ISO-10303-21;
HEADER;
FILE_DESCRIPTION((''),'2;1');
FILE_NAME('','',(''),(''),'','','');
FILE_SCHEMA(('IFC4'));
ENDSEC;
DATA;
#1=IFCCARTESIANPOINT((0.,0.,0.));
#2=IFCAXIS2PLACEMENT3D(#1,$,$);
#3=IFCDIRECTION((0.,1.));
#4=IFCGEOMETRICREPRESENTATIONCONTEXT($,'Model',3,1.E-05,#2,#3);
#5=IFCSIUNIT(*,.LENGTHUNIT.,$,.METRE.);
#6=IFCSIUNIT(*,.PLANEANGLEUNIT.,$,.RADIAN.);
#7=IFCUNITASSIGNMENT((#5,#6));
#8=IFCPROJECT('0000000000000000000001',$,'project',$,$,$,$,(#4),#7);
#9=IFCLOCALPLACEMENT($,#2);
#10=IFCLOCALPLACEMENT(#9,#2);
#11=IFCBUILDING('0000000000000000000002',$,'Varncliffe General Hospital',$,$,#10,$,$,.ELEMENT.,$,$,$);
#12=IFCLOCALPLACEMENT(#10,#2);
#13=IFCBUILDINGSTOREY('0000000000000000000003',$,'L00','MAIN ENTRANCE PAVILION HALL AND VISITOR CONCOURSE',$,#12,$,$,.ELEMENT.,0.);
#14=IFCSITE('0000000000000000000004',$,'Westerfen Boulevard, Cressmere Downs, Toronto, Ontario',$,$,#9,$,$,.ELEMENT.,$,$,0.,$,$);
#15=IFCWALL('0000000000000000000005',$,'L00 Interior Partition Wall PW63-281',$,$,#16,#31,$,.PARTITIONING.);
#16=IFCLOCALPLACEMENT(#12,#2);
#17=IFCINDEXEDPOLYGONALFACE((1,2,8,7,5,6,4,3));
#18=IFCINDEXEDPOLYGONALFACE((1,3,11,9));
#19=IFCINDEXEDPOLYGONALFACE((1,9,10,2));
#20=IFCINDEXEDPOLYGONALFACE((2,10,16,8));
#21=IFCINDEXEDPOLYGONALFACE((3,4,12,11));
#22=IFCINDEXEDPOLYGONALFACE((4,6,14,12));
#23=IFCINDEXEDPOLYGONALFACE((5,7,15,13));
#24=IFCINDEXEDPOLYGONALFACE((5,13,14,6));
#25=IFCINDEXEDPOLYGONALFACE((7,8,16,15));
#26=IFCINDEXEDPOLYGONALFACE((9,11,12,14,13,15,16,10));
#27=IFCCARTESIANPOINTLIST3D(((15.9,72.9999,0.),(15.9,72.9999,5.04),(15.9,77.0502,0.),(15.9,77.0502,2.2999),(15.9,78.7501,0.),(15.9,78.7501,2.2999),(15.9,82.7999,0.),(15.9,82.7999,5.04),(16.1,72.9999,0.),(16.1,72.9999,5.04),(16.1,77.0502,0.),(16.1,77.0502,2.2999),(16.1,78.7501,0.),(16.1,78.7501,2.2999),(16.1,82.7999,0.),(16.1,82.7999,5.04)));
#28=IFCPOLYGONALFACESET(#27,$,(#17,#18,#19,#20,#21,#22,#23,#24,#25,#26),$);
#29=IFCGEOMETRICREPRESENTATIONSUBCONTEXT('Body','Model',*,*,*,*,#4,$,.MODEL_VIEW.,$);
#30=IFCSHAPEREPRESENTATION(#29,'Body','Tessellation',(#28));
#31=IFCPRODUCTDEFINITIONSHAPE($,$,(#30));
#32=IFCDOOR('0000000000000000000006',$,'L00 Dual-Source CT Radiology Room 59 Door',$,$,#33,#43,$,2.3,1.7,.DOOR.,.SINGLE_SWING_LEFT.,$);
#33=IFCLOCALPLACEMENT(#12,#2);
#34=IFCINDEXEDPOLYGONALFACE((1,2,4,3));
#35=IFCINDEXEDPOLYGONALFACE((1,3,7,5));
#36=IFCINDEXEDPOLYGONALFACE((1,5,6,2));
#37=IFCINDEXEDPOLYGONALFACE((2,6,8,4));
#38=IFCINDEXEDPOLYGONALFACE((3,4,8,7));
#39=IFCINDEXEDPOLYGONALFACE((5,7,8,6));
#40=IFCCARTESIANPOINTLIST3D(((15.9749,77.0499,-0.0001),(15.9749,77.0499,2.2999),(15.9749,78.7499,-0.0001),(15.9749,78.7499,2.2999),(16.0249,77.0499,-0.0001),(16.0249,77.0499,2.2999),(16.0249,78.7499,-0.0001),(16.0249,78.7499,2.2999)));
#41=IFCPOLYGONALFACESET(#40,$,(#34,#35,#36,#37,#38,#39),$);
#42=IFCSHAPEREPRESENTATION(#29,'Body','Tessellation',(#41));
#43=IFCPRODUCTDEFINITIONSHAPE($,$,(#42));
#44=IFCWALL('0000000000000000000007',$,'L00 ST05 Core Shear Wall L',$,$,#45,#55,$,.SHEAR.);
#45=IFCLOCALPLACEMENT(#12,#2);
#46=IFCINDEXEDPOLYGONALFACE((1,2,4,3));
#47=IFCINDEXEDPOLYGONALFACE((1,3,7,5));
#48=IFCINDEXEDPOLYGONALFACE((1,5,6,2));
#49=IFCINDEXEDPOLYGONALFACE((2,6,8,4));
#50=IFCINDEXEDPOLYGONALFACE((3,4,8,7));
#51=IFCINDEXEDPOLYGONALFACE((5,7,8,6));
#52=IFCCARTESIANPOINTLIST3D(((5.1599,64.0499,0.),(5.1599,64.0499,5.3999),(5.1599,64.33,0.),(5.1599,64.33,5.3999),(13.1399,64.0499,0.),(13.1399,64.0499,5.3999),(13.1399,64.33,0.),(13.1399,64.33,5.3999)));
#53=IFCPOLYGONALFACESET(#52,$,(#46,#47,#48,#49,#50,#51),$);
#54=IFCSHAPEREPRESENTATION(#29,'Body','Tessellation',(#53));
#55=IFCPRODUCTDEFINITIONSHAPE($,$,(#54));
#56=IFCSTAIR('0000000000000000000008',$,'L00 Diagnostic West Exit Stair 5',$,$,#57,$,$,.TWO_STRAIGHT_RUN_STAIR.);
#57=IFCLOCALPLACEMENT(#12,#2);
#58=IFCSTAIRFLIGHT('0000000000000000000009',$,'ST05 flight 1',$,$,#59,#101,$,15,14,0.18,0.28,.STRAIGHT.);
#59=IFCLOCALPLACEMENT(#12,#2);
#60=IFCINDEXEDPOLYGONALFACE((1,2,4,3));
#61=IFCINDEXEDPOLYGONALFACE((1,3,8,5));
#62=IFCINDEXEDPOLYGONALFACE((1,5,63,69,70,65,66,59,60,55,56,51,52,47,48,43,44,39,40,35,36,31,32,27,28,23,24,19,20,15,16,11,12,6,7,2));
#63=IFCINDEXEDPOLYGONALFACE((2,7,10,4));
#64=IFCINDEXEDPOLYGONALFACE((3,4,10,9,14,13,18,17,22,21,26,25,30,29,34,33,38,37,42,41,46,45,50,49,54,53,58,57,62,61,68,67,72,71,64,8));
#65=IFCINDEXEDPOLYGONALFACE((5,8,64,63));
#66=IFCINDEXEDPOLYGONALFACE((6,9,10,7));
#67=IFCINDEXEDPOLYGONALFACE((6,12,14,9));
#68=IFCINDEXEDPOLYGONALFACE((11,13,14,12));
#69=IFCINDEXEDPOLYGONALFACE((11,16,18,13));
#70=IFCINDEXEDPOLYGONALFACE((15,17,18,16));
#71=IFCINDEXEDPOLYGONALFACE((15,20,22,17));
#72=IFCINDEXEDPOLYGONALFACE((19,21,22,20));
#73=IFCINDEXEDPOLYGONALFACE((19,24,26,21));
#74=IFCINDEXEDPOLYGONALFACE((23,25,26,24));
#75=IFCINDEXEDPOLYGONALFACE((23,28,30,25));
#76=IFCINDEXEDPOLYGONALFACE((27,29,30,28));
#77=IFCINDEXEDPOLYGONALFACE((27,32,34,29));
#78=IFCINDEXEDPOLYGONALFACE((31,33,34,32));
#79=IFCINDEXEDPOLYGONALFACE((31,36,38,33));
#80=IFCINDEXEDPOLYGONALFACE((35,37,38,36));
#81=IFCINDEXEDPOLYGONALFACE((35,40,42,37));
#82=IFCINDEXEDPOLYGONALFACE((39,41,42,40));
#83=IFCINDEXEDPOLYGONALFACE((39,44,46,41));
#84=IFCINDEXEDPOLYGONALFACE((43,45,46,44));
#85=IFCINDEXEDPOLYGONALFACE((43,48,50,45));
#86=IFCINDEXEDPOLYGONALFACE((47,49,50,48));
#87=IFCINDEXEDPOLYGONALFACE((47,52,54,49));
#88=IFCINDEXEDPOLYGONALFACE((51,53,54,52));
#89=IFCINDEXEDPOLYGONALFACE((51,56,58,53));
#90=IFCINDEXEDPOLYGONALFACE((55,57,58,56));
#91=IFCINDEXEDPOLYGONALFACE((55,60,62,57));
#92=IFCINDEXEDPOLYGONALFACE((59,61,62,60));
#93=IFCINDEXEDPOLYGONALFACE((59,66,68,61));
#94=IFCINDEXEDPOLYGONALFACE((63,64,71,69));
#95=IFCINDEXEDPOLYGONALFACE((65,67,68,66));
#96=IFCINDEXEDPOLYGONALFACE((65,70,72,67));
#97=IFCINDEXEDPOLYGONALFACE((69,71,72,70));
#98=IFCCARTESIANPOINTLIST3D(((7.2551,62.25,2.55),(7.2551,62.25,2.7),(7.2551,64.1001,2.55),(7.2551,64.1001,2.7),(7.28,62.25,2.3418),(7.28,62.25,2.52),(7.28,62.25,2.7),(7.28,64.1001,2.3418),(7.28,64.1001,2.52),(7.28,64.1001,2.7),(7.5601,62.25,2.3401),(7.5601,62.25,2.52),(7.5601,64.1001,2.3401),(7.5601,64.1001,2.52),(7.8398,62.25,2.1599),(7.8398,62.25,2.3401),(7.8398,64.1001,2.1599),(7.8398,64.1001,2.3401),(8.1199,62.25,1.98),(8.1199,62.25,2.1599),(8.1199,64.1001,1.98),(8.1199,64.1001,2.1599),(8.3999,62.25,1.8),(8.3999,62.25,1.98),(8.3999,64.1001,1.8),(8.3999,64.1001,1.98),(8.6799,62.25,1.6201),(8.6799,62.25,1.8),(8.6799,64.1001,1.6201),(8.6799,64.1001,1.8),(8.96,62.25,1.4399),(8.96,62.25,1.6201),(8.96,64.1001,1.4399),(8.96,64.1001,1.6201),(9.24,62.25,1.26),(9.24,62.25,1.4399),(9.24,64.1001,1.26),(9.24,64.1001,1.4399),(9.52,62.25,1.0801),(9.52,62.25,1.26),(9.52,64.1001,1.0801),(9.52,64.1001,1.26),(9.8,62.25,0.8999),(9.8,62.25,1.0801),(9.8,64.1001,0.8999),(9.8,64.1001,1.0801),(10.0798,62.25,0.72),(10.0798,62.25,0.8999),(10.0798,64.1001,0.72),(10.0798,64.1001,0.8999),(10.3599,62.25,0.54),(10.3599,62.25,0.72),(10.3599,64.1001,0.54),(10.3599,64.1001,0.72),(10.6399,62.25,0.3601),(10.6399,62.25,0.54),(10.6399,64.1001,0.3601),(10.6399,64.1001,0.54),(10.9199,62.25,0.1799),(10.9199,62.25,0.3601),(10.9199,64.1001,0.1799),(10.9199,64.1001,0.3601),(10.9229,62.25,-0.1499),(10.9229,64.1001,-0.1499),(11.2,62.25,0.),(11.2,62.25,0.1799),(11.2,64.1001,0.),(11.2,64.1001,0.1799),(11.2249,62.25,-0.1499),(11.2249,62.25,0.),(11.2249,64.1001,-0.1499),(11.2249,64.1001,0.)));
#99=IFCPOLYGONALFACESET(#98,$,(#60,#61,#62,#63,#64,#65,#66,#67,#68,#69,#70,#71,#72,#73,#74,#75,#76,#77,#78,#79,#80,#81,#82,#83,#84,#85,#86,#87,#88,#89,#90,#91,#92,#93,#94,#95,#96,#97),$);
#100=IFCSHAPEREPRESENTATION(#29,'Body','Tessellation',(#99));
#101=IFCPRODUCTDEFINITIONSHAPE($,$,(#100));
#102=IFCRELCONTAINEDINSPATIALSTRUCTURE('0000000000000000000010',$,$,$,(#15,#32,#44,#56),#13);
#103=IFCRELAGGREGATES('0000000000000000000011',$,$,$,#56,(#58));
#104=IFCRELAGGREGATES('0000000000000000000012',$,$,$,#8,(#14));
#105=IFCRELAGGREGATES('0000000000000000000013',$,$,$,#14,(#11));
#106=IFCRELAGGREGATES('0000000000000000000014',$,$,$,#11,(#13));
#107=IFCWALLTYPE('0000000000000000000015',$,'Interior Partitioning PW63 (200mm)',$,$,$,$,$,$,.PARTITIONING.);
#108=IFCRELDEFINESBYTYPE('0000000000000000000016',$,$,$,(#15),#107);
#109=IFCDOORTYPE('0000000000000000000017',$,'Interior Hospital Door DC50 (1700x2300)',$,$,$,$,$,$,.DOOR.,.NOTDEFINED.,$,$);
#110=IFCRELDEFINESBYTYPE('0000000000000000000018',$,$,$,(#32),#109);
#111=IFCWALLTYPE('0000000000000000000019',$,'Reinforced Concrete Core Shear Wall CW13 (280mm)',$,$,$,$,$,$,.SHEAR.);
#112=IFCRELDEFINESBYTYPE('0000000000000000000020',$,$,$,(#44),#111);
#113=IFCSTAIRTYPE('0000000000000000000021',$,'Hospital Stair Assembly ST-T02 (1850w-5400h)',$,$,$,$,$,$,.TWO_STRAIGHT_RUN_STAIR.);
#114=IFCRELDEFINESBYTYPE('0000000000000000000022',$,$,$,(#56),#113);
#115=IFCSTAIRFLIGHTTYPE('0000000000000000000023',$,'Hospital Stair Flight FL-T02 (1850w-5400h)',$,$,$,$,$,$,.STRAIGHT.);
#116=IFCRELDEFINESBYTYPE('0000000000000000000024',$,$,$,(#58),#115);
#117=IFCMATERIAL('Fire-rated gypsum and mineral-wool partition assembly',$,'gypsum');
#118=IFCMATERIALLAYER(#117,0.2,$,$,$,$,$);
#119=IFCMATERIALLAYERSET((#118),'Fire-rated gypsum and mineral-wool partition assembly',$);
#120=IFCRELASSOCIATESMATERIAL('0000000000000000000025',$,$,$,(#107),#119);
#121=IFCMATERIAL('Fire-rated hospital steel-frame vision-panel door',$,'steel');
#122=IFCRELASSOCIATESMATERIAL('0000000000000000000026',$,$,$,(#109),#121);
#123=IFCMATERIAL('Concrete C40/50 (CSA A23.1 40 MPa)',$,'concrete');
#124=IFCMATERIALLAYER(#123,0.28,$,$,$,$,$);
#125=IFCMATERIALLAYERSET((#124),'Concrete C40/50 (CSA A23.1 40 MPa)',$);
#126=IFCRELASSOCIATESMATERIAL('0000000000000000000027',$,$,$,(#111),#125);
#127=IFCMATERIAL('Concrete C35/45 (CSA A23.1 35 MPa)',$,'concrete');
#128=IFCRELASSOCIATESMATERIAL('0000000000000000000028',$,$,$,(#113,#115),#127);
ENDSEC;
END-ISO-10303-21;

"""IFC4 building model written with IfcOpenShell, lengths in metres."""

from ifc_helpers import new_model, si_unit, direction, frame, frame_2d, origin, place, context, subcontext, project, spatial, polyline, rectangle, outline, extrude, material, layer, layer_set, type_object, element, fill, aggregate, save


model = new_model("IFC4")

# Units and contexts
model_context = context("Model", 3, precision=1e-05, world=origin(), true_north=direction((0.0, 1.0)))
body_context = subcontext(model_context, "Body", "Model", "MODEL_VIEW")
ifc_project = project(units=[si_unit("LENGTHUNIT", "METRE"), si_unit("PLANEANGLEUNIT", "RADIAN")], contexts=[model_context])

# Site, building, storey
site_placement = place(None, origin())
site = spatial("IfcSite", under=ifc_project, at=site_placement, Name="Westerfen Boulevard, Cressmere Downs, Toronto, Ontario", CompositionType="ELEMENT", RefElevation=0.0)
building_placement = place(site_placement, origin())
building = spatial("IfcBuilding", under=site, at=building_placement, Name="Varncliffe General Hospital", CompositionType="ELEMENT")
storey_placement = place(building_placement, origin())
storey = spatial("IfcBuildingStorey", under=building, at=storey_placement, Name="L00", Description="MAIN ENTRANCE PAVILION HALL AND VISITOR CONCOURSE", CompositionType="ELEMENT", Elevation=0.0)

# Shared definitions
ifc_material_1 = material(Name="Concrete C40/50 (CSA A23.1 40 MPa)", Category="concrete")

# Shared definitions
ifc_material_2 = material(Name="Concrete C35/45 (CSA A23.1 35 MPa)", Category="concrete")

# Wall, opening, door
ifc_material_3 = material(Name="Fire-rated gypsum and mineral-wool partition assembly", Category="gypsum")
ifc_layer_1 = layer(ifc_material_3, 0.2)
ifc_layer_set_1 = layer_set([ifc_layer_1], Name="Fire-rated gypsum and mineral-wool partition assembly")
wall_type_1 = type_object("IfcWallType", Name="Interior Partitioning PW63 (200mm)", PredefinedType="PARTITIONING", material=ifc_layer_set_1)
ifc_material_4 = material(Name="Fire-rated hospital steel-frame vision-panel door", Category="steel")
door_type_1 = type_object("IfcDoorType", Name="Interior Hospital Door DC50 (1700x2300)", OperationType="NOTDEFINED", PredefinedType="DOOR", material=ifc_material_4)
wall_1_placement = place(storey_placement, frame((16.0, 73.0, 0.0), z_axis=(0.0, 0.0, 1.0), x_axis=(0.0, 1.0, 0.0)))
wall_1 = element("IfcWall", 1, at=wall_1_placement, inside=storey, type_object=wall_type_1, Name="L00 Interior Partition Wall PW63-281", PredefinedType="PARTITIONING", context=body_context, shape_type="SweptSolid", body=[
    extrude(rectangle(XDim=9.8, YDim=0.2, at=frame_2d((4.8999, 0.0))), origin(), (0.0, 0.0, 1.0), 5.04),
])
opening_1_placement = place(wall_1_placement, frame((4.05, 0.0, 0.0)))
opening_1 = element("IfcOpeningElement", 2, at=opening_1_placement, cuts=wall_1, PredefinedType="OPENING", context=body_context, shape_type="SweptSolid", body=[
    extrude(rectangle(XDim=1.7, YDim=2.3, at=frame_2d((0.8501, 1.1499))), frame((0.0, 0.1099, 0.0), z_axis=(0.0, -1.0, 0.0), x_axis=(1.0, 0.0, 0.0)), (0.0, 0.0, 1.0), 0.22),
])
door_1_placement = place(opening_1_placement, frame((1.7, 0.0, 0.0), z_axis=(0.0, 0.0, 1.0), x_axis=(-1.0, 0.0, 0.0)))
door_1 = element("IfcDoor", 3, at=door_1_placement, inside=storey, type_object=door_type_1, Name="L00 Dual-Source CT Radiology Room 59 Door", OperationType="SINGLE_SWING_LEFT", OverallHeight=2.3, OverallWidth=1.7, PredefinedType="DOOR", context=body_context, shape_type="SweptSolid", body=[
    extrude(rectangle(XDim=1.7, YDim=2.3, at=frame_2d((0.8501, 1.1499))), frame((0.0, 0.0249, 0.0), z_axis=(0.0, -1.0, 0.0), x_axis=(1.0, 0.0, 0.0)), (0.0, 0.0, 1.0), 0.05),
])
fill(opening_1, door_1)

# Wall
ifc_layer_2 = layer(ifc_material_1, 0.28)
ifc_layer_set_2 = layer_set([ifc_layer_2], Name="Concrete C40/50 (CSA A23.1 40 MPa)")
wall_type_2 = type_object("IfcWallType", Name="Reinforced Concrete Core Shear Wall CW13 (280mm)", PredefinedType="SHEAR", material=ifc_layer_set_2)
wall_2_placement = place(storey_placement, frame((13.1399, 64.1899, 0.0), z_axis=(0.0, 0.0, 1.0), x_axis=(-1.0, 0.0, 0.0)))
element("IfcWall", 4, at=wall_2_placement, inside=storey, type_object=wall_type_2, Name="L00 ST05 Core Shear Wall L", PredefinedType="SHEAR", context=body_context, shape_type="SweptSolid", body=[
    extrude(rectangle(XDim=7.98, YDim=0.28, at=frame_2d((3.99, 0.0))), origin(), (0.0, 0.0, 1.0), 5.3999),
])

# Stair, stair flight
stair_type = type_object("IfcStairType", Name="Hospital Stair Assembly ST-T02 (1850w-5400h)", PredefinedType="TWO_STRAIGHT_RUN_STAIR", material=ifc_material_2)
stair_placement = place(storey_placement, origin())
stair = element("IfcStair", 5, at=stair_placement, inside=storey, type_object=stair_type, Name="L00 Diagnostic West Exit Stair 5", PredefinedType="TWO_STRAIGHT_RUN_STAIR")
stair_flight_type = type_object("IfcStairFlightType", Name="Hospital Stair Flight FL-T02 (1850w-5400h)", PredefinedType="STRAIGHT", material=ifc_material_2)
stair_flight_placement = place(storey_placement, frame((11.2, 63.175, 0.0), z_axis=(0.0, 0.0, 1.0), x_axis=(-1.0, 0.0, 0.0)))
stair_flight = element("IfcStairFlight", 6, at=stair_flight_placement, type_object=stair_flight_type, Name="ST05 flight 1", NumberOfRisers=15, NumberOfTreads=14, PredefinedType="STRAIGHT", RiserHeight=0.18, TreadLength=0.28, context=body_context, shape_type="SweptSolid", body=[
    extrude(outline(polyline([(-0.0249, -0.1499), (-0.0249, 0.0), (0.0, 0.0), (0.0, 0.1799), (0.28, 0.1799), (0.28, 0.3601), (0.5601, 0.3601), (0.5601, 0.54), (0.8401, 0.54), (0.8401, 0.72), (1.1201, 0.72), (1.1201, 0.8999), (1.3999, 0.8999), (1.3999, 1.0801), (1.6799, 1.0801), (1.6799, 1.26), (1.96, 1.26), (1.96, 1.4399), (2.24, 1.4399), (2.24, 1.6201), (2.52, 1.6201), (2.52, 1.8), (2.8, 1.8), (2.8, 1.98), (3.0801, 1.98), (3.0801, 2.1599), (3.3601, 2.1599), (3.3601, 2.3401), (3.6399, 2.3401), (3.6399, 2.52), (3.9199, 2.52), (3.9199, 2.7), (3.9448, 2.7), (3.9448, 2.55), (3.9199, 2.3418), (0.2771, -0.1499), (-0.0249, -0.1499)])), frame((0.0, 0.925, 0.0), z_axis=(0.0, -1.0, 0.0), x_axis=(1.0, 0.0, 0.0)), (0.0, 0.0, 1.0), 1.8501),
])
aggregate(stair, [stair_flight])

save(model, "model.ifc")
